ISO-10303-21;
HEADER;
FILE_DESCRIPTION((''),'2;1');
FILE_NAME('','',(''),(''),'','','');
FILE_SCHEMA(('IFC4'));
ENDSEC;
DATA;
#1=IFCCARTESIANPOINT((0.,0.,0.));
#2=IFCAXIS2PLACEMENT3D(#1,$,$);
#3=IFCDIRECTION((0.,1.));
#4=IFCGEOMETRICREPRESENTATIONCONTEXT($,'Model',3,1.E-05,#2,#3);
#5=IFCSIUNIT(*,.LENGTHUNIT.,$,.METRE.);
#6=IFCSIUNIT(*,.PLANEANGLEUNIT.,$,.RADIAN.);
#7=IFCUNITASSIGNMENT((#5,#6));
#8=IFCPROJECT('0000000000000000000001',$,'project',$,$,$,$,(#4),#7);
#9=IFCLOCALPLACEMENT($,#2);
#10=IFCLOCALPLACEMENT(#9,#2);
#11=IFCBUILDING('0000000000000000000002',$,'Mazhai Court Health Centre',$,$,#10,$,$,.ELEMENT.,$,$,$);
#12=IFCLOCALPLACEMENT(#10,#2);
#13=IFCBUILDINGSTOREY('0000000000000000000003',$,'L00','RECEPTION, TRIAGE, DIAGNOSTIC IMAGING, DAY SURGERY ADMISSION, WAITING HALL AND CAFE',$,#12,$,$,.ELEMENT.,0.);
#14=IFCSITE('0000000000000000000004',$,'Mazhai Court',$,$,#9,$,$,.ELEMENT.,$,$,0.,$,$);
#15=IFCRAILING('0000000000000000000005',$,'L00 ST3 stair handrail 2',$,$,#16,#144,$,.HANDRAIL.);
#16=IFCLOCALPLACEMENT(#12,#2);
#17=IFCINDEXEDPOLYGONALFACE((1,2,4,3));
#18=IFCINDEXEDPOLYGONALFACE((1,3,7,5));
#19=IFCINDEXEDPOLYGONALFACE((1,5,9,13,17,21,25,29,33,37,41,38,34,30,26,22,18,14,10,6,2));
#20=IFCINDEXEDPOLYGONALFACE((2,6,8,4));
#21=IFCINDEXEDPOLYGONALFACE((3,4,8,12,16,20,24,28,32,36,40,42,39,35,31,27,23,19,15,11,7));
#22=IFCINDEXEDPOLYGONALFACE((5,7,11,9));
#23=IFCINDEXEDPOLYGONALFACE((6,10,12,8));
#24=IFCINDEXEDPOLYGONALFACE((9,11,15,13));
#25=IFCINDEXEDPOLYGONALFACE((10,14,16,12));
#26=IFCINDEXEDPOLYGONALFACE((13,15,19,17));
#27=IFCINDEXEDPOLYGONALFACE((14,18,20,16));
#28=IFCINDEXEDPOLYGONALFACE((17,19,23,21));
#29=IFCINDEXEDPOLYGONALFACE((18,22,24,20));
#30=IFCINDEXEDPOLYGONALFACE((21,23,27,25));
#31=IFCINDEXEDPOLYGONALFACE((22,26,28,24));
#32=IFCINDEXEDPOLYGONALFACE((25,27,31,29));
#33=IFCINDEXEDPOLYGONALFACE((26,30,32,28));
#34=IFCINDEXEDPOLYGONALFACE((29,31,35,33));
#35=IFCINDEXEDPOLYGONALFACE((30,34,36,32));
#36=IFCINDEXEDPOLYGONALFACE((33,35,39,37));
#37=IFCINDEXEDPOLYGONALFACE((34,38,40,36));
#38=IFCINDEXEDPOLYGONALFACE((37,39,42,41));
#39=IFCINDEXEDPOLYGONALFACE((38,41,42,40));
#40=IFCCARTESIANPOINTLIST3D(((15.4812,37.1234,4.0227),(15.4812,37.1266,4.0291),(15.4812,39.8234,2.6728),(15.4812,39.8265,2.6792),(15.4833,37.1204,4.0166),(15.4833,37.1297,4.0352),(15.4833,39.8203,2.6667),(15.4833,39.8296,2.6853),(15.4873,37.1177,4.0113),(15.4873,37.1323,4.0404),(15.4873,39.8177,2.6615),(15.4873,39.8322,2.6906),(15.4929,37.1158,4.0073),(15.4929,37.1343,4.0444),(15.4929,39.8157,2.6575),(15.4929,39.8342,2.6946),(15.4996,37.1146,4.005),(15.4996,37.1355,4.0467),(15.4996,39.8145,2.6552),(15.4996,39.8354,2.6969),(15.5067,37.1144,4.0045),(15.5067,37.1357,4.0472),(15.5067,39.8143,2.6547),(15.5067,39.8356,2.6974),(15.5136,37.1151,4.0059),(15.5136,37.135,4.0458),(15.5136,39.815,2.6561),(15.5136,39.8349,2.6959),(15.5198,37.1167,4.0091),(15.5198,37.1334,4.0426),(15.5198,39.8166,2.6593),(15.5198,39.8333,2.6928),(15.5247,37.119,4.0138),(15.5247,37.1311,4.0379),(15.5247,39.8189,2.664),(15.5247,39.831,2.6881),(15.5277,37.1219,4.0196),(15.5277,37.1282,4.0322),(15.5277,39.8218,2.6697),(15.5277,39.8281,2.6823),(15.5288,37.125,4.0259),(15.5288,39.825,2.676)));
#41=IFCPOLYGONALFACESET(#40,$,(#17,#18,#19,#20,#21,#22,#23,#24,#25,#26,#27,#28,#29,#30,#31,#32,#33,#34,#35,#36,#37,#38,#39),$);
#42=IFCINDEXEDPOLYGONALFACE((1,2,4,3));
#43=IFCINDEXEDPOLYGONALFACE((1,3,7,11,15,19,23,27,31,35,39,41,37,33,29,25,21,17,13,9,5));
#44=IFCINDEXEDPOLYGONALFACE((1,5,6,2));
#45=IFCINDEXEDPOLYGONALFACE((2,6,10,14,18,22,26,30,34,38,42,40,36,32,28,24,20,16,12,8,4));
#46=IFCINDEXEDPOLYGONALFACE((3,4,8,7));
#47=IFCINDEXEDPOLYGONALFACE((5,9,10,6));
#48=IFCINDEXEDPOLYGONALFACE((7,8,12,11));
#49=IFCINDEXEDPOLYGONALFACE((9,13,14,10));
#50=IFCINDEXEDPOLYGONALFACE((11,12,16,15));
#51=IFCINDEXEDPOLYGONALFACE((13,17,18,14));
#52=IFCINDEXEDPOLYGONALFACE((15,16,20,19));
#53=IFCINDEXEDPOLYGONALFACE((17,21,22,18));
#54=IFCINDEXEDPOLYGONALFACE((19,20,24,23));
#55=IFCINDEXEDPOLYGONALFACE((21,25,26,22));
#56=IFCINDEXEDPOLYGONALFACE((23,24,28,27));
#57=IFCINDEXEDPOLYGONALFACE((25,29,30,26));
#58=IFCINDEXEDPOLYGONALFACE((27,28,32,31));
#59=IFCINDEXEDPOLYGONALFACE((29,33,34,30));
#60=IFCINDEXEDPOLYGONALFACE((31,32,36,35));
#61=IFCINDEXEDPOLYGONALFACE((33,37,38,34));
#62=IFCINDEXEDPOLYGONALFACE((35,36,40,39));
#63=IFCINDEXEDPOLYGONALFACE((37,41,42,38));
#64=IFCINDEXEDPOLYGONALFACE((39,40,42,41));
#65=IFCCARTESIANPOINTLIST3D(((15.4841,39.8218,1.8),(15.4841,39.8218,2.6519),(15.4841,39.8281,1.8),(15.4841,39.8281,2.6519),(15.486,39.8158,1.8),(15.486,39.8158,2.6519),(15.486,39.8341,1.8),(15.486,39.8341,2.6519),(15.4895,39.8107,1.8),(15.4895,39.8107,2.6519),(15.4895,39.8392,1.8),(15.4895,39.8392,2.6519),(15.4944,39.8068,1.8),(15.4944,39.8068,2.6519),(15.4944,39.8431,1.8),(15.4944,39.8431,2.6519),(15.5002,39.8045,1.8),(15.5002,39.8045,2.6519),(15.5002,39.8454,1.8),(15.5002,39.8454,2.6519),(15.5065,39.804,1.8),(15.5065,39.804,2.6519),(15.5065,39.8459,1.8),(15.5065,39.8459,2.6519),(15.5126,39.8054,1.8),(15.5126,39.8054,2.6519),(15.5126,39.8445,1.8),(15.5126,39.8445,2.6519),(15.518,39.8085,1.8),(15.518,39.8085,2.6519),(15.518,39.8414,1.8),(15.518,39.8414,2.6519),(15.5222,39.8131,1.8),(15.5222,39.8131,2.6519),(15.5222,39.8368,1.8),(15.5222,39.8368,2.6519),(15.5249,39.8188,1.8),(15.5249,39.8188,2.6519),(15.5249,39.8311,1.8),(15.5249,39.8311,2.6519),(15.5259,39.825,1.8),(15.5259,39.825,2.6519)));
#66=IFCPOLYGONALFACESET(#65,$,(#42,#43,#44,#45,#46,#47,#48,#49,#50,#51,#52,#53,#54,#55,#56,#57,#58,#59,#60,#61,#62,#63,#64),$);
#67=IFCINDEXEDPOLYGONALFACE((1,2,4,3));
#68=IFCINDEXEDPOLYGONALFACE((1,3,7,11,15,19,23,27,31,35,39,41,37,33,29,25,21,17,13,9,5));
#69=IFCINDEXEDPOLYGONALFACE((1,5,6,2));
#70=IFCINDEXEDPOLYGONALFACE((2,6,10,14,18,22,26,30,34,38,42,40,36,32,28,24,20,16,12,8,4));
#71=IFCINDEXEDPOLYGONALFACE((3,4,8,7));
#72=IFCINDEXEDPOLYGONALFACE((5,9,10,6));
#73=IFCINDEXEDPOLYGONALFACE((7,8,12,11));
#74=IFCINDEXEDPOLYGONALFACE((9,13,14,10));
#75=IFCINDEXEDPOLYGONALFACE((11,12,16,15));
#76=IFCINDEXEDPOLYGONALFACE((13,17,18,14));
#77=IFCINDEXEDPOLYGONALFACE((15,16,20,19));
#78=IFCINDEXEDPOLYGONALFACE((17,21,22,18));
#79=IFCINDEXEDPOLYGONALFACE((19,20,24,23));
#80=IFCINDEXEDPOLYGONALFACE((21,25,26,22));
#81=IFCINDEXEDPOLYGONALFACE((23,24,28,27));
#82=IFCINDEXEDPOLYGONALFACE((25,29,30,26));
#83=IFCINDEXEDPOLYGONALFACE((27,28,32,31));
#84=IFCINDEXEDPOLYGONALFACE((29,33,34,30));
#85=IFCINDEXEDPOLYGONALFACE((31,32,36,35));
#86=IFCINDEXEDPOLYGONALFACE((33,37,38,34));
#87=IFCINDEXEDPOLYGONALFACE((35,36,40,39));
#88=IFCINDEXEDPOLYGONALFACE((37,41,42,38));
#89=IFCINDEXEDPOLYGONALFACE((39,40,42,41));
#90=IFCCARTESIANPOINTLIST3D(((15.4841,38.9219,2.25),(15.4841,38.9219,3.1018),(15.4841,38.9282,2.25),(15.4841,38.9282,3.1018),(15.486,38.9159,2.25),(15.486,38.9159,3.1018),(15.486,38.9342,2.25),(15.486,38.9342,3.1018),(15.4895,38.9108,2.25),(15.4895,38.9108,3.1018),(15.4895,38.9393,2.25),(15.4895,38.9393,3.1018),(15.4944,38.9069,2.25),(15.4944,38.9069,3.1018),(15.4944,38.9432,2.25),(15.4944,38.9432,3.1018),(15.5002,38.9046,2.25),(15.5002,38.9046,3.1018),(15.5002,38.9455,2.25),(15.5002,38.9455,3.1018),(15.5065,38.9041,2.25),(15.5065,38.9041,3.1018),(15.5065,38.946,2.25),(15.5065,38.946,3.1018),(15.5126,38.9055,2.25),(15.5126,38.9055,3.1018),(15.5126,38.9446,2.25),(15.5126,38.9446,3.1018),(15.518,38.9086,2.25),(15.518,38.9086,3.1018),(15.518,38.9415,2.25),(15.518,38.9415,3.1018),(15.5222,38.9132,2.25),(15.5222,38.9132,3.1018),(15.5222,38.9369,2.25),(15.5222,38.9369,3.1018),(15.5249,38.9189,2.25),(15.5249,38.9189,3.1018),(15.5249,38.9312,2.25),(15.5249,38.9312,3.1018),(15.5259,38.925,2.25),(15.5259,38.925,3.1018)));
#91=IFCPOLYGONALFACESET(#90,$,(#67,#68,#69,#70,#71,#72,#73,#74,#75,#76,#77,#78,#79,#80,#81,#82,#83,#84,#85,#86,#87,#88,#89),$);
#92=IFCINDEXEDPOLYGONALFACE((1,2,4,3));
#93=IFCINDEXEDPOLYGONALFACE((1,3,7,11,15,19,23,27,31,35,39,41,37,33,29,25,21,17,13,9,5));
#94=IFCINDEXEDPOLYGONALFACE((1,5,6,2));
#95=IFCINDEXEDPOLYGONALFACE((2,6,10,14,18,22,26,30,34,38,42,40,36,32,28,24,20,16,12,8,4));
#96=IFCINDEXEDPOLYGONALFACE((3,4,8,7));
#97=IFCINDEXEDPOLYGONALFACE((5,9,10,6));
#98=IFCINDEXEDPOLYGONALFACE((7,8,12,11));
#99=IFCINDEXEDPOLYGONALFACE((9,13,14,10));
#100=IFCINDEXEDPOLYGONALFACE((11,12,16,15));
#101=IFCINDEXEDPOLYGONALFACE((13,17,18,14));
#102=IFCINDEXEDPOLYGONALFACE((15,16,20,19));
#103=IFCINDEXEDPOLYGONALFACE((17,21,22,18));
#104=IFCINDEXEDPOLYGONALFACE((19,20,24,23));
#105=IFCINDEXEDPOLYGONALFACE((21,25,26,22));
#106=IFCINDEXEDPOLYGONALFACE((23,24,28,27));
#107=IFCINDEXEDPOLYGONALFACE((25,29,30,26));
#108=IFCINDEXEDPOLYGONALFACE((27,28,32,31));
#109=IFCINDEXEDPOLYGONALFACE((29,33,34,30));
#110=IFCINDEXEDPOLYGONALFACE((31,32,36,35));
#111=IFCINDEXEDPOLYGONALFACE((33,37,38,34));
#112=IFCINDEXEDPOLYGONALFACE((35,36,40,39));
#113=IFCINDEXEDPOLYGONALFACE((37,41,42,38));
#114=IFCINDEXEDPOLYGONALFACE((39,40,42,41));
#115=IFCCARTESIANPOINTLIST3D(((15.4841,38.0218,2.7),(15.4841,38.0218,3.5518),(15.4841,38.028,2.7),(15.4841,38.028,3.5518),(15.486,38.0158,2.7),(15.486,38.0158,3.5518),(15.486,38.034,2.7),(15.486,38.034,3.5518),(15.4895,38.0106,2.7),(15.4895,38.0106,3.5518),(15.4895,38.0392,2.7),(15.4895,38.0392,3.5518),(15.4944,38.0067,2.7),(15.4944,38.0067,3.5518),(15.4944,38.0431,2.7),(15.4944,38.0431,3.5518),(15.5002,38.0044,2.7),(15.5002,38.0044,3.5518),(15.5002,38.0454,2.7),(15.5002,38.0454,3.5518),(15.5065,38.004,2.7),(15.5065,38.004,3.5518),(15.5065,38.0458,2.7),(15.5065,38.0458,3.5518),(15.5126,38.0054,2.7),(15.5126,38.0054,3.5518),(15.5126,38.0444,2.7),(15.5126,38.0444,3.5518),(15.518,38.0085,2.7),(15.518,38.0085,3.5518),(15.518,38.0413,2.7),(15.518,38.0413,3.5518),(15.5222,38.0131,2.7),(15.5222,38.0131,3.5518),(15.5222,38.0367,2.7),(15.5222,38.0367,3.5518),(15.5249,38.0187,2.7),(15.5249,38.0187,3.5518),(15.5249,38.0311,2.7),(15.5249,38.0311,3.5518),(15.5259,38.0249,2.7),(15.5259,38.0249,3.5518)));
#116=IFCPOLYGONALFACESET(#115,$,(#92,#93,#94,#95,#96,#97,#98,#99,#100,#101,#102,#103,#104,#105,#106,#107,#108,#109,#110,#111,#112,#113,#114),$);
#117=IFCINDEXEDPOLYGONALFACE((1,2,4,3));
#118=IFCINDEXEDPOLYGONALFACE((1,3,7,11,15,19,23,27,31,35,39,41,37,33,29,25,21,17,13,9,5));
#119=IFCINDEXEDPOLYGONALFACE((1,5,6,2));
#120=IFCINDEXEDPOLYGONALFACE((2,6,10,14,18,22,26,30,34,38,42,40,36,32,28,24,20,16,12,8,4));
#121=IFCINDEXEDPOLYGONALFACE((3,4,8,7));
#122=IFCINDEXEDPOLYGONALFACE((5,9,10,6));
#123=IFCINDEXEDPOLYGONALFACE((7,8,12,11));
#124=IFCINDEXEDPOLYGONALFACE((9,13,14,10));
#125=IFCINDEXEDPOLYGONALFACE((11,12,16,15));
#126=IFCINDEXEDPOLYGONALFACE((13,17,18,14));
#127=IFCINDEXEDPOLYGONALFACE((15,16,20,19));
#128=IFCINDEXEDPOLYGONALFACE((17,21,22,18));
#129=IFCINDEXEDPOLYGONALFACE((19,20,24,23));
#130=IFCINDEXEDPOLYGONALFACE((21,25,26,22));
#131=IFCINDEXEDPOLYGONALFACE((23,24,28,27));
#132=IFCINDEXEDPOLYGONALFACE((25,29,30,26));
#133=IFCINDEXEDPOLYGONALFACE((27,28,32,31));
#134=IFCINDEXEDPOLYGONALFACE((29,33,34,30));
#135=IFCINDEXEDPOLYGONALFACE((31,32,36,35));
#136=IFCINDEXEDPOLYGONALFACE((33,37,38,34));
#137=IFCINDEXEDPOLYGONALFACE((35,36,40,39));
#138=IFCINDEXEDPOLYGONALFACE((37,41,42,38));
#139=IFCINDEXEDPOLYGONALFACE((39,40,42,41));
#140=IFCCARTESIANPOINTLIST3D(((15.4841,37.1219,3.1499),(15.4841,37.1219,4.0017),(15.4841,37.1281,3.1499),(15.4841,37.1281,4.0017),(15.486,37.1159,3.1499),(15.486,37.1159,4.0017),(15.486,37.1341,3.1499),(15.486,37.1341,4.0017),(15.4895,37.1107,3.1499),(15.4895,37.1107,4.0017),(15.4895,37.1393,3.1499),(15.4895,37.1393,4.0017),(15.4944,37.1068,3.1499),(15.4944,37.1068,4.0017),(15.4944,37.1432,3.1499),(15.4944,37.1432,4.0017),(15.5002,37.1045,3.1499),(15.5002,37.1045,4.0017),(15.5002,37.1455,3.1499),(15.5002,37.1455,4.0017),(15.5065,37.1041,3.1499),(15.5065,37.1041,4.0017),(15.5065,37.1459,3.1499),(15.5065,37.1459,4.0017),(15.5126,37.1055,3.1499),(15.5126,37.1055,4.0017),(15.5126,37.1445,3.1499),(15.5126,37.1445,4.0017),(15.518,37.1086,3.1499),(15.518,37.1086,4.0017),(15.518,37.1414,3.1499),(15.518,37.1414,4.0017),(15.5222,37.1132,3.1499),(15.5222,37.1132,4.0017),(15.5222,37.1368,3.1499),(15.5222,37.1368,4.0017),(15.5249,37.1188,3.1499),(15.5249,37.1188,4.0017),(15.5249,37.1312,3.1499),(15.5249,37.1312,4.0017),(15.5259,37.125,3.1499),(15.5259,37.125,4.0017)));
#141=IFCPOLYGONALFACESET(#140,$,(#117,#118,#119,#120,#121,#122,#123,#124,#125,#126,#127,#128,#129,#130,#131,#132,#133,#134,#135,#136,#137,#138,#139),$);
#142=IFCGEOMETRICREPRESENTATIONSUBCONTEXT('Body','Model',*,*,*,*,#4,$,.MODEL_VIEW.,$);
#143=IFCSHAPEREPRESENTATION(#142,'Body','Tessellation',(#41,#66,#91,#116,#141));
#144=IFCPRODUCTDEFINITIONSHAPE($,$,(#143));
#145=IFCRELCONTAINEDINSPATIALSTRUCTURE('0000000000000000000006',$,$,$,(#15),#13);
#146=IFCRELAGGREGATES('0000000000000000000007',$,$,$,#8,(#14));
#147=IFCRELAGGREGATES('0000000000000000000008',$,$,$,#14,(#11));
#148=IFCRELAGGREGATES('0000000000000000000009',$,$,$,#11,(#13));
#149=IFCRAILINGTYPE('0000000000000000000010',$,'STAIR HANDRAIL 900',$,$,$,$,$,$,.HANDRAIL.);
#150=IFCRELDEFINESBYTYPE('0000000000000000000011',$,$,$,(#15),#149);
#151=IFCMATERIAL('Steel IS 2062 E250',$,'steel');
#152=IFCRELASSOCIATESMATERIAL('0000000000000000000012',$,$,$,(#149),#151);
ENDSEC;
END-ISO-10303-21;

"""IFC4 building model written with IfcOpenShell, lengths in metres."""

from ifc_helpers import new_model, si_unit, direction, frame, origin, origin_2d, place, context, subcontext, project, spatial, circle, extrude, material, type_object, element, save


model = new_model("IFC4")

# Units and contexts
model_context = context("Model", 3, precision=1e-05, world=origin(), true_north=direction((0.0, 1.0)))
body_context = subcontext(model_context, "Body", "Model", "MODEL_VIEW")
ifc_project = project(units=[si_unit("LENGTHUNIT", "METRE"), si_unit("PLANEANGLEUNIT", "RADIAN")], contexts=[model_context])

# Site, building, storey
site_placement = place(None, origin())
site = spatial("IfcSite", under=ifc_project, at=site_placement, Name="Mazhai Court", CompositionType="ELEMENT", RefElevation=0.0)
building_placement = place(site_placement, origin())
building = spatial("IfcBuilding", under=site, at=building_placement, Name="Mazhai Court Health Centre", CompositionType="ELEMENT")
storey_placement = place(building_placement, origin())
storey = spatial("IfcBuildingStorey", under=building, at=storey_placement, Name="L00", Description="RECEPTION, TRIAGE, DIAGNOSTIC IMAGING, DAY SURGERY ADMISSION, WAITING HALL AND CAFE", CompositionType="ELEMENT", Elevation=0.0)

# Railing
ifc_material_1 = material(Name="Steel IS 2062 E250", Category="steel")
railing_type_1 = type_object("IfcRailingType", Name="STAIR HANDRAIL 900", PredefinedType="HANDRAIL", material=ifc_material_1)
railing_1_placement = place(storey_placement, frame((15.5049, 39.825, 1.8)))
element("IfcRailing", 1, at=railing_1_placement, inside=storey, type_object=railing_type_1, Name="L00 ST3 stair handrail 2", PredefinedType="HANDRAIL", context=body_context, shape_type="SweptSolid", body=[
    extrude(circle(Radius=0.0239, at=origin_2d()), frame((0.0, 0.0, 0.876), z_axis=(0.0, -0.894443, 0.447181), x_axis=(1.0, 0.0, 0.0)), (0.0, 0.0, 1.0), 3.0186),
    extrude(circle(Radius=0.021, at=origin_2d()), origin(), (0.0, 0.0, 1.0), 0.8518),
    extrude(circle(Radius=0.021, at=origin_2d()), frame((0.0, -0.8999, 0.45)), (0.0, 0.0, 1.0), 0.8518),
    extrude(circle(Radius=0.021, at=origin_2d()), frame((0.0, -1.8, 0.8999)), (0.0, 0.0, 1.0), 0.8518),
    extrude(circle(Radius=0.021, at=origin_2d()), frame((0.0, -2.7, 1.3499)), (0.0, 0.0, 1.0), 0.8518),
])

save(model, "model.ifc")
